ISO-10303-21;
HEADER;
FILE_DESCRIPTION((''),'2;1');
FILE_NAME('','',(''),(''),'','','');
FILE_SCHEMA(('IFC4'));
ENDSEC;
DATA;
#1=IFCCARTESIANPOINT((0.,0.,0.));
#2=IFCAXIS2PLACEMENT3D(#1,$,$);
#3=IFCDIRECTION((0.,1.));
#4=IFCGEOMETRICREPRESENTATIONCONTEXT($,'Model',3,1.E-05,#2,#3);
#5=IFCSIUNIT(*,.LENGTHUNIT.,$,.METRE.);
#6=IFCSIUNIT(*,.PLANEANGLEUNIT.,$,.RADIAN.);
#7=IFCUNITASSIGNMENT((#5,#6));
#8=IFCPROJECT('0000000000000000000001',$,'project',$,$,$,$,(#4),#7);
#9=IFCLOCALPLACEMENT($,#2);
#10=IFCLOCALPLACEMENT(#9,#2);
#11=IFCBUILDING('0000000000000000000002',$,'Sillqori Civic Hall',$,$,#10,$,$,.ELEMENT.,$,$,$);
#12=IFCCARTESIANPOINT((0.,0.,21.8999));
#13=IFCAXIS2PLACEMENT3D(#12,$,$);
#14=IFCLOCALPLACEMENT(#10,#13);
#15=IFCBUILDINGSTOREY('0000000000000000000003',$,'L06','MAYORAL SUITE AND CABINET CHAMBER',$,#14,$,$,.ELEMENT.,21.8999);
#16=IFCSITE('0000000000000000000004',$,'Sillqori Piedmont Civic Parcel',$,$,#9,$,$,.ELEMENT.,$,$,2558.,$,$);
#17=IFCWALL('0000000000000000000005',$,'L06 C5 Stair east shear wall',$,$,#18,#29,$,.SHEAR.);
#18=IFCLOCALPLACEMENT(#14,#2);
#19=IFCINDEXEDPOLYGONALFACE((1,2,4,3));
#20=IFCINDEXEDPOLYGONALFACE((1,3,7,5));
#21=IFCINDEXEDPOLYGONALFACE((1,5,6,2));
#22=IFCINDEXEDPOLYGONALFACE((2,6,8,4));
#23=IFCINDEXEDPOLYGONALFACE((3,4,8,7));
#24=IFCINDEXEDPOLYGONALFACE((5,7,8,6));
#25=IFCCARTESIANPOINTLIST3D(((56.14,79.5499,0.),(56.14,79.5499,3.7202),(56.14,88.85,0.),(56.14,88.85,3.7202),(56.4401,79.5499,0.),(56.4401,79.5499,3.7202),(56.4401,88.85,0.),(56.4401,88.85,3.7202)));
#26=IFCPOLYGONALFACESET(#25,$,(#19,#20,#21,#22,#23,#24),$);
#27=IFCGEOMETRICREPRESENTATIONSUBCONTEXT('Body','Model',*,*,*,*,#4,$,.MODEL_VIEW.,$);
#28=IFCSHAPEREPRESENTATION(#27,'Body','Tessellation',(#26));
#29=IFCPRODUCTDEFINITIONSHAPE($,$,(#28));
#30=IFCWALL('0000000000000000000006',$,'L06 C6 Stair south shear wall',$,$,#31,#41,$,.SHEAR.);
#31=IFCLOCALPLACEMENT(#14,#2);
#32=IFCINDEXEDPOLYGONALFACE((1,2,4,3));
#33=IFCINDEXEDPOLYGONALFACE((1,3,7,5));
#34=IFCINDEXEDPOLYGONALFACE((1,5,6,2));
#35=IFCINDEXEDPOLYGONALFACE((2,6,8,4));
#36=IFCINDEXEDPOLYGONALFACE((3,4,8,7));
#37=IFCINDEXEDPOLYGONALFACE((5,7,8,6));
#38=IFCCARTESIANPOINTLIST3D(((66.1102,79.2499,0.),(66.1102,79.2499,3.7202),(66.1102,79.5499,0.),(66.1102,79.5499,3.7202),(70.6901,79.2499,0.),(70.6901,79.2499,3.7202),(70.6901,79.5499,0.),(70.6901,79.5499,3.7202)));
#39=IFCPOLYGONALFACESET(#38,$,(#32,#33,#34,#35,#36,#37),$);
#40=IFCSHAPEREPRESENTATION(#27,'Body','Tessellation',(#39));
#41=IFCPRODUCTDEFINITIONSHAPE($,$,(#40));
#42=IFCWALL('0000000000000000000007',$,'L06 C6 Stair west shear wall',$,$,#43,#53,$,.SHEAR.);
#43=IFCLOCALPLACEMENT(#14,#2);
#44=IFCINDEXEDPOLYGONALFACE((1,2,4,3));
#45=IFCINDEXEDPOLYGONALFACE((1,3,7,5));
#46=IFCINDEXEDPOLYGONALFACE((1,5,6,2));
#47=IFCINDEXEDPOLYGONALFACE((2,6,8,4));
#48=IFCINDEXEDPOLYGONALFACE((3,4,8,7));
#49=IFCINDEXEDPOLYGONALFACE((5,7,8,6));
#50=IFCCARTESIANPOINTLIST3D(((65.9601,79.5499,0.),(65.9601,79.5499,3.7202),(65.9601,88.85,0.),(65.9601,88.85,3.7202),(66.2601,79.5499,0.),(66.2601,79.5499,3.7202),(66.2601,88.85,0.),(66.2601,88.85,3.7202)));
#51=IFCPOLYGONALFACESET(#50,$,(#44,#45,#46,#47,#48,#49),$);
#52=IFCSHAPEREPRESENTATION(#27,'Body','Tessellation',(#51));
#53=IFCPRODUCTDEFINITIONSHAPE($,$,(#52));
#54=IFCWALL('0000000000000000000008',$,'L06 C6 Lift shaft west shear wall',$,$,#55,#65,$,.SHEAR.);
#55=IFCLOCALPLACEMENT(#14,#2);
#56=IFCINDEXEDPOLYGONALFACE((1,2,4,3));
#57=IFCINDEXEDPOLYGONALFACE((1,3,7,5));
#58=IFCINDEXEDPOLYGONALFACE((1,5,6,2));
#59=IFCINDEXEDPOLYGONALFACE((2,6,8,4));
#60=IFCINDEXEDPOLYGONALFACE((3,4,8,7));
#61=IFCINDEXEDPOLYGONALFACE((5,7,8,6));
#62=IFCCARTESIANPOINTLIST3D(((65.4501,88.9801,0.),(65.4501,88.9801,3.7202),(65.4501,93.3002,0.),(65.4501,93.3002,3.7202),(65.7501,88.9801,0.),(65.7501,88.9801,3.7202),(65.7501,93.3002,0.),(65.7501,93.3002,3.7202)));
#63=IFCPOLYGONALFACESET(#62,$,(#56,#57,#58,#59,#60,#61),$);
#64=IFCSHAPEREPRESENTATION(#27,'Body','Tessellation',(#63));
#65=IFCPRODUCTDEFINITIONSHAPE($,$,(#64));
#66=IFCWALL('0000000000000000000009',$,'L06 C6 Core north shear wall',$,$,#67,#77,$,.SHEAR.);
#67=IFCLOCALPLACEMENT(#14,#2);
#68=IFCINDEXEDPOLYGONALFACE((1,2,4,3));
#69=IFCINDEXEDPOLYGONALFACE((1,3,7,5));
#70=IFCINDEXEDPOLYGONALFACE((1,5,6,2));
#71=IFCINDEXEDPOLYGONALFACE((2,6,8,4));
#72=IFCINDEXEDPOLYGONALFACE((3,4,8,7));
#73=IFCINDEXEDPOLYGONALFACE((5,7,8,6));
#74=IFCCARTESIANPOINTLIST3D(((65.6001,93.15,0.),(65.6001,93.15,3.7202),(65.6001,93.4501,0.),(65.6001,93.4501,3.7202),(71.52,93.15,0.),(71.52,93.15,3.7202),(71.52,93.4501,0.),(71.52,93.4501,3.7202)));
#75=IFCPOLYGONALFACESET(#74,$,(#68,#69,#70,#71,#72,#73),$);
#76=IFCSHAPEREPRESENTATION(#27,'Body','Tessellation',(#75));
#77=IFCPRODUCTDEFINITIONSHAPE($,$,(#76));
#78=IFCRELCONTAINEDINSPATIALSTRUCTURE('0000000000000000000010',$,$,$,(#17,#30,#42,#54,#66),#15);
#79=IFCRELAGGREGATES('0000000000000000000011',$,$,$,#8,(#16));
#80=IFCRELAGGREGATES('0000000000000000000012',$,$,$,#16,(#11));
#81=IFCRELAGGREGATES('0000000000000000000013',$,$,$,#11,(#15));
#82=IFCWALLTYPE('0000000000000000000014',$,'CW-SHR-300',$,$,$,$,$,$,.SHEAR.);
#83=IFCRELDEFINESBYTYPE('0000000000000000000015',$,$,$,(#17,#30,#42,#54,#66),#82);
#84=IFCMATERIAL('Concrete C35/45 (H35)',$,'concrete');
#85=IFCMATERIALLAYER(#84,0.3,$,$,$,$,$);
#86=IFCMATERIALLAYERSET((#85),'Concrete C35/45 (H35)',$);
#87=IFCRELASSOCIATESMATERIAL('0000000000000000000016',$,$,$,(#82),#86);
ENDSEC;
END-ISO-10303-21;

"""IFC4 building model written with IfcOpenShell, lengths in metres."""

from ifc_helpers import new_model, si_unit, direction, frame, frame_2d, origin, place, context, subcontext, project, spatial, rectangle, extrude, material, layer, layer_set, type_object, element, save


model = new_model("IFC4")

# Units and contexts
model_context = context("Model", 3, precision=1e-05, world=origin(), true_north=direction((0.0, 1.0)))
body_context = subcontext(model_context, "Body", "Model", "MODEL_VIEW")
ifc_project = project(units=[si_unit("LENGTHUNIT", "METRE"), si_unit("PLANEANGLEUNIT", "RADIAN")], contexts=[model_context])

# Site, building, storey
site_placement = place(None, origin())
site = spatial("IfcSite", under=ifc_project, at=site_placement, Name="Sillqori Piedmont Civic Parcel", CompositionType="ELEMENT", RefElevation=2558.0)
building_placement = place(site_placement, origin())
building = spatial("IfcBuilding", under=site, at=building_placement, Name="Sillqori Civic Hall", CompositionType="ELEMENT")
storey_placement = place(building_placement, frame((0.0, 0.0, 21.8999)))
storey = spatial("IfcBuildingStorey", under=building, at=storey_placement, Name="L06", Description="MAYORAL SUITE AND CABINET CHAMBER", CompositionType="ELEMENT", Elevation=21.8999)

# Shared definitions
ifc_material_1 = material(Name="Concrete C35/45 (H35)", Category="concrete")

# Walls
ifc_layer_1 = layer(ifc_material_1, 0.3)
ifc_layer_set_1 = layer_set([ifc_layer_1], Name="Concrete C35/45 (H35)")
wall_type_1 = type_object("IfcWallType", Name="CW-SHR-300", PredefinedType="SHEAR", material=ifc_layer_set_1)
wall_1_placement = place(storey_placement, frame((56.29, 79.55, 0.0), z_axis=(0.0, 0.0, 1.0), x_axis=(0.0, 1.0, 0.0)))
element("IfcWall", 1, at=wall_1_placement, inside=storey, type_object=wall_type_1, Name="L06 C5 Stair east shear wall", PredefinedType="SHEAR", context=body_context, shape_type="SweptSolid", body=[
    extrude(rectangle(XDim=9.3, YDim=0.3, at=frame_2d((4.6499, 0.0))), origin(), (0.0, 0.0, 1.0), 3.7202),
])
wall_2_placement = place(storey_placement, frame((66.1101, 79.3999, 0.0), z_axis=(0.0, 0.0, 1.0), x_axis=(1.0, 0.0, 0.0)))
element("IfcWall", 2, at=wall_2_placement, inside=storey, type_object=wall_type_1, Name="L06 C6 Stair south shear wall", PredefinedType="SHEAR", context=body_context, shape_type="SweptSolid", body=[
    extrude(rectangle(XDim=4.5798, YDim=0.3, at=frame_2d((2.29, 0.0))), origin(), (0.0, 0.0, 1.0), 3.7202),
])
wall_3_placement = place(storey_placement, frame((66.1101, 79.55, 0.0), z_axis=(0.0, 0.0, 1.0), x_axis=(0.0, 1.0, 0.0)))
element("IfcWall", 3, at=wall_3_placement, inside=storey, type_object=wall_type_1, Name="L06 C6 Stair west shear wall", PredefinedType="SHEAR", context=body_context, shape_type="SweptSolid", body=[
    extrude(rectangle(XDim=9.3, YDim=0.3, at=frame_2d((4.6499, 0.0))), origin(), (0.0, 0.0, 1.0), 3.7202),
])
wall_4_placement = place(storey_placement, frame((65.6001, 88.98, 0.0), z_axis=(0.0, 0.0, 1.0), x_axis=(0.0, 1.0, 0.0)))
element("IfcWall", 4, at=wall_4_placement, inside=storey, type_object=wall_type_1, Name="L06 C6 Lift shaft west shear wall", PredefinedType="SHEAR", context=body_context, shape_type="SweptSolid", body=[
    extrude(rectangle(XDim=4.3201, YDim=0.3, at=frame_2d((2.1602, 0.0))), origin(), (0.0, 0.0, 1.0), 3.7202),
])
wall_5_placement = place(storey_placement, frame((65.6001, 93.3, 0.0), z_axis=(0.0, 0.0, 1.0), x_axis=(1.0, 0.0, 0.0)))
element("IfcWall", 5, at=wall_5_placement, inside=storey, type_object=wall_type_1, Name="L06 C6 Core north shear wall", PredefinedType="SHEAR", context=body_context, shape_type="SweptSolid", body=[
    extrude(rectangle(XDim=5.9199, YDim=0.3, at=frame_2d((2.96, 0.0))), origin(), (0.0, 0.0, 1.0), 3.7202),
])

save(model, "model.ifc")
